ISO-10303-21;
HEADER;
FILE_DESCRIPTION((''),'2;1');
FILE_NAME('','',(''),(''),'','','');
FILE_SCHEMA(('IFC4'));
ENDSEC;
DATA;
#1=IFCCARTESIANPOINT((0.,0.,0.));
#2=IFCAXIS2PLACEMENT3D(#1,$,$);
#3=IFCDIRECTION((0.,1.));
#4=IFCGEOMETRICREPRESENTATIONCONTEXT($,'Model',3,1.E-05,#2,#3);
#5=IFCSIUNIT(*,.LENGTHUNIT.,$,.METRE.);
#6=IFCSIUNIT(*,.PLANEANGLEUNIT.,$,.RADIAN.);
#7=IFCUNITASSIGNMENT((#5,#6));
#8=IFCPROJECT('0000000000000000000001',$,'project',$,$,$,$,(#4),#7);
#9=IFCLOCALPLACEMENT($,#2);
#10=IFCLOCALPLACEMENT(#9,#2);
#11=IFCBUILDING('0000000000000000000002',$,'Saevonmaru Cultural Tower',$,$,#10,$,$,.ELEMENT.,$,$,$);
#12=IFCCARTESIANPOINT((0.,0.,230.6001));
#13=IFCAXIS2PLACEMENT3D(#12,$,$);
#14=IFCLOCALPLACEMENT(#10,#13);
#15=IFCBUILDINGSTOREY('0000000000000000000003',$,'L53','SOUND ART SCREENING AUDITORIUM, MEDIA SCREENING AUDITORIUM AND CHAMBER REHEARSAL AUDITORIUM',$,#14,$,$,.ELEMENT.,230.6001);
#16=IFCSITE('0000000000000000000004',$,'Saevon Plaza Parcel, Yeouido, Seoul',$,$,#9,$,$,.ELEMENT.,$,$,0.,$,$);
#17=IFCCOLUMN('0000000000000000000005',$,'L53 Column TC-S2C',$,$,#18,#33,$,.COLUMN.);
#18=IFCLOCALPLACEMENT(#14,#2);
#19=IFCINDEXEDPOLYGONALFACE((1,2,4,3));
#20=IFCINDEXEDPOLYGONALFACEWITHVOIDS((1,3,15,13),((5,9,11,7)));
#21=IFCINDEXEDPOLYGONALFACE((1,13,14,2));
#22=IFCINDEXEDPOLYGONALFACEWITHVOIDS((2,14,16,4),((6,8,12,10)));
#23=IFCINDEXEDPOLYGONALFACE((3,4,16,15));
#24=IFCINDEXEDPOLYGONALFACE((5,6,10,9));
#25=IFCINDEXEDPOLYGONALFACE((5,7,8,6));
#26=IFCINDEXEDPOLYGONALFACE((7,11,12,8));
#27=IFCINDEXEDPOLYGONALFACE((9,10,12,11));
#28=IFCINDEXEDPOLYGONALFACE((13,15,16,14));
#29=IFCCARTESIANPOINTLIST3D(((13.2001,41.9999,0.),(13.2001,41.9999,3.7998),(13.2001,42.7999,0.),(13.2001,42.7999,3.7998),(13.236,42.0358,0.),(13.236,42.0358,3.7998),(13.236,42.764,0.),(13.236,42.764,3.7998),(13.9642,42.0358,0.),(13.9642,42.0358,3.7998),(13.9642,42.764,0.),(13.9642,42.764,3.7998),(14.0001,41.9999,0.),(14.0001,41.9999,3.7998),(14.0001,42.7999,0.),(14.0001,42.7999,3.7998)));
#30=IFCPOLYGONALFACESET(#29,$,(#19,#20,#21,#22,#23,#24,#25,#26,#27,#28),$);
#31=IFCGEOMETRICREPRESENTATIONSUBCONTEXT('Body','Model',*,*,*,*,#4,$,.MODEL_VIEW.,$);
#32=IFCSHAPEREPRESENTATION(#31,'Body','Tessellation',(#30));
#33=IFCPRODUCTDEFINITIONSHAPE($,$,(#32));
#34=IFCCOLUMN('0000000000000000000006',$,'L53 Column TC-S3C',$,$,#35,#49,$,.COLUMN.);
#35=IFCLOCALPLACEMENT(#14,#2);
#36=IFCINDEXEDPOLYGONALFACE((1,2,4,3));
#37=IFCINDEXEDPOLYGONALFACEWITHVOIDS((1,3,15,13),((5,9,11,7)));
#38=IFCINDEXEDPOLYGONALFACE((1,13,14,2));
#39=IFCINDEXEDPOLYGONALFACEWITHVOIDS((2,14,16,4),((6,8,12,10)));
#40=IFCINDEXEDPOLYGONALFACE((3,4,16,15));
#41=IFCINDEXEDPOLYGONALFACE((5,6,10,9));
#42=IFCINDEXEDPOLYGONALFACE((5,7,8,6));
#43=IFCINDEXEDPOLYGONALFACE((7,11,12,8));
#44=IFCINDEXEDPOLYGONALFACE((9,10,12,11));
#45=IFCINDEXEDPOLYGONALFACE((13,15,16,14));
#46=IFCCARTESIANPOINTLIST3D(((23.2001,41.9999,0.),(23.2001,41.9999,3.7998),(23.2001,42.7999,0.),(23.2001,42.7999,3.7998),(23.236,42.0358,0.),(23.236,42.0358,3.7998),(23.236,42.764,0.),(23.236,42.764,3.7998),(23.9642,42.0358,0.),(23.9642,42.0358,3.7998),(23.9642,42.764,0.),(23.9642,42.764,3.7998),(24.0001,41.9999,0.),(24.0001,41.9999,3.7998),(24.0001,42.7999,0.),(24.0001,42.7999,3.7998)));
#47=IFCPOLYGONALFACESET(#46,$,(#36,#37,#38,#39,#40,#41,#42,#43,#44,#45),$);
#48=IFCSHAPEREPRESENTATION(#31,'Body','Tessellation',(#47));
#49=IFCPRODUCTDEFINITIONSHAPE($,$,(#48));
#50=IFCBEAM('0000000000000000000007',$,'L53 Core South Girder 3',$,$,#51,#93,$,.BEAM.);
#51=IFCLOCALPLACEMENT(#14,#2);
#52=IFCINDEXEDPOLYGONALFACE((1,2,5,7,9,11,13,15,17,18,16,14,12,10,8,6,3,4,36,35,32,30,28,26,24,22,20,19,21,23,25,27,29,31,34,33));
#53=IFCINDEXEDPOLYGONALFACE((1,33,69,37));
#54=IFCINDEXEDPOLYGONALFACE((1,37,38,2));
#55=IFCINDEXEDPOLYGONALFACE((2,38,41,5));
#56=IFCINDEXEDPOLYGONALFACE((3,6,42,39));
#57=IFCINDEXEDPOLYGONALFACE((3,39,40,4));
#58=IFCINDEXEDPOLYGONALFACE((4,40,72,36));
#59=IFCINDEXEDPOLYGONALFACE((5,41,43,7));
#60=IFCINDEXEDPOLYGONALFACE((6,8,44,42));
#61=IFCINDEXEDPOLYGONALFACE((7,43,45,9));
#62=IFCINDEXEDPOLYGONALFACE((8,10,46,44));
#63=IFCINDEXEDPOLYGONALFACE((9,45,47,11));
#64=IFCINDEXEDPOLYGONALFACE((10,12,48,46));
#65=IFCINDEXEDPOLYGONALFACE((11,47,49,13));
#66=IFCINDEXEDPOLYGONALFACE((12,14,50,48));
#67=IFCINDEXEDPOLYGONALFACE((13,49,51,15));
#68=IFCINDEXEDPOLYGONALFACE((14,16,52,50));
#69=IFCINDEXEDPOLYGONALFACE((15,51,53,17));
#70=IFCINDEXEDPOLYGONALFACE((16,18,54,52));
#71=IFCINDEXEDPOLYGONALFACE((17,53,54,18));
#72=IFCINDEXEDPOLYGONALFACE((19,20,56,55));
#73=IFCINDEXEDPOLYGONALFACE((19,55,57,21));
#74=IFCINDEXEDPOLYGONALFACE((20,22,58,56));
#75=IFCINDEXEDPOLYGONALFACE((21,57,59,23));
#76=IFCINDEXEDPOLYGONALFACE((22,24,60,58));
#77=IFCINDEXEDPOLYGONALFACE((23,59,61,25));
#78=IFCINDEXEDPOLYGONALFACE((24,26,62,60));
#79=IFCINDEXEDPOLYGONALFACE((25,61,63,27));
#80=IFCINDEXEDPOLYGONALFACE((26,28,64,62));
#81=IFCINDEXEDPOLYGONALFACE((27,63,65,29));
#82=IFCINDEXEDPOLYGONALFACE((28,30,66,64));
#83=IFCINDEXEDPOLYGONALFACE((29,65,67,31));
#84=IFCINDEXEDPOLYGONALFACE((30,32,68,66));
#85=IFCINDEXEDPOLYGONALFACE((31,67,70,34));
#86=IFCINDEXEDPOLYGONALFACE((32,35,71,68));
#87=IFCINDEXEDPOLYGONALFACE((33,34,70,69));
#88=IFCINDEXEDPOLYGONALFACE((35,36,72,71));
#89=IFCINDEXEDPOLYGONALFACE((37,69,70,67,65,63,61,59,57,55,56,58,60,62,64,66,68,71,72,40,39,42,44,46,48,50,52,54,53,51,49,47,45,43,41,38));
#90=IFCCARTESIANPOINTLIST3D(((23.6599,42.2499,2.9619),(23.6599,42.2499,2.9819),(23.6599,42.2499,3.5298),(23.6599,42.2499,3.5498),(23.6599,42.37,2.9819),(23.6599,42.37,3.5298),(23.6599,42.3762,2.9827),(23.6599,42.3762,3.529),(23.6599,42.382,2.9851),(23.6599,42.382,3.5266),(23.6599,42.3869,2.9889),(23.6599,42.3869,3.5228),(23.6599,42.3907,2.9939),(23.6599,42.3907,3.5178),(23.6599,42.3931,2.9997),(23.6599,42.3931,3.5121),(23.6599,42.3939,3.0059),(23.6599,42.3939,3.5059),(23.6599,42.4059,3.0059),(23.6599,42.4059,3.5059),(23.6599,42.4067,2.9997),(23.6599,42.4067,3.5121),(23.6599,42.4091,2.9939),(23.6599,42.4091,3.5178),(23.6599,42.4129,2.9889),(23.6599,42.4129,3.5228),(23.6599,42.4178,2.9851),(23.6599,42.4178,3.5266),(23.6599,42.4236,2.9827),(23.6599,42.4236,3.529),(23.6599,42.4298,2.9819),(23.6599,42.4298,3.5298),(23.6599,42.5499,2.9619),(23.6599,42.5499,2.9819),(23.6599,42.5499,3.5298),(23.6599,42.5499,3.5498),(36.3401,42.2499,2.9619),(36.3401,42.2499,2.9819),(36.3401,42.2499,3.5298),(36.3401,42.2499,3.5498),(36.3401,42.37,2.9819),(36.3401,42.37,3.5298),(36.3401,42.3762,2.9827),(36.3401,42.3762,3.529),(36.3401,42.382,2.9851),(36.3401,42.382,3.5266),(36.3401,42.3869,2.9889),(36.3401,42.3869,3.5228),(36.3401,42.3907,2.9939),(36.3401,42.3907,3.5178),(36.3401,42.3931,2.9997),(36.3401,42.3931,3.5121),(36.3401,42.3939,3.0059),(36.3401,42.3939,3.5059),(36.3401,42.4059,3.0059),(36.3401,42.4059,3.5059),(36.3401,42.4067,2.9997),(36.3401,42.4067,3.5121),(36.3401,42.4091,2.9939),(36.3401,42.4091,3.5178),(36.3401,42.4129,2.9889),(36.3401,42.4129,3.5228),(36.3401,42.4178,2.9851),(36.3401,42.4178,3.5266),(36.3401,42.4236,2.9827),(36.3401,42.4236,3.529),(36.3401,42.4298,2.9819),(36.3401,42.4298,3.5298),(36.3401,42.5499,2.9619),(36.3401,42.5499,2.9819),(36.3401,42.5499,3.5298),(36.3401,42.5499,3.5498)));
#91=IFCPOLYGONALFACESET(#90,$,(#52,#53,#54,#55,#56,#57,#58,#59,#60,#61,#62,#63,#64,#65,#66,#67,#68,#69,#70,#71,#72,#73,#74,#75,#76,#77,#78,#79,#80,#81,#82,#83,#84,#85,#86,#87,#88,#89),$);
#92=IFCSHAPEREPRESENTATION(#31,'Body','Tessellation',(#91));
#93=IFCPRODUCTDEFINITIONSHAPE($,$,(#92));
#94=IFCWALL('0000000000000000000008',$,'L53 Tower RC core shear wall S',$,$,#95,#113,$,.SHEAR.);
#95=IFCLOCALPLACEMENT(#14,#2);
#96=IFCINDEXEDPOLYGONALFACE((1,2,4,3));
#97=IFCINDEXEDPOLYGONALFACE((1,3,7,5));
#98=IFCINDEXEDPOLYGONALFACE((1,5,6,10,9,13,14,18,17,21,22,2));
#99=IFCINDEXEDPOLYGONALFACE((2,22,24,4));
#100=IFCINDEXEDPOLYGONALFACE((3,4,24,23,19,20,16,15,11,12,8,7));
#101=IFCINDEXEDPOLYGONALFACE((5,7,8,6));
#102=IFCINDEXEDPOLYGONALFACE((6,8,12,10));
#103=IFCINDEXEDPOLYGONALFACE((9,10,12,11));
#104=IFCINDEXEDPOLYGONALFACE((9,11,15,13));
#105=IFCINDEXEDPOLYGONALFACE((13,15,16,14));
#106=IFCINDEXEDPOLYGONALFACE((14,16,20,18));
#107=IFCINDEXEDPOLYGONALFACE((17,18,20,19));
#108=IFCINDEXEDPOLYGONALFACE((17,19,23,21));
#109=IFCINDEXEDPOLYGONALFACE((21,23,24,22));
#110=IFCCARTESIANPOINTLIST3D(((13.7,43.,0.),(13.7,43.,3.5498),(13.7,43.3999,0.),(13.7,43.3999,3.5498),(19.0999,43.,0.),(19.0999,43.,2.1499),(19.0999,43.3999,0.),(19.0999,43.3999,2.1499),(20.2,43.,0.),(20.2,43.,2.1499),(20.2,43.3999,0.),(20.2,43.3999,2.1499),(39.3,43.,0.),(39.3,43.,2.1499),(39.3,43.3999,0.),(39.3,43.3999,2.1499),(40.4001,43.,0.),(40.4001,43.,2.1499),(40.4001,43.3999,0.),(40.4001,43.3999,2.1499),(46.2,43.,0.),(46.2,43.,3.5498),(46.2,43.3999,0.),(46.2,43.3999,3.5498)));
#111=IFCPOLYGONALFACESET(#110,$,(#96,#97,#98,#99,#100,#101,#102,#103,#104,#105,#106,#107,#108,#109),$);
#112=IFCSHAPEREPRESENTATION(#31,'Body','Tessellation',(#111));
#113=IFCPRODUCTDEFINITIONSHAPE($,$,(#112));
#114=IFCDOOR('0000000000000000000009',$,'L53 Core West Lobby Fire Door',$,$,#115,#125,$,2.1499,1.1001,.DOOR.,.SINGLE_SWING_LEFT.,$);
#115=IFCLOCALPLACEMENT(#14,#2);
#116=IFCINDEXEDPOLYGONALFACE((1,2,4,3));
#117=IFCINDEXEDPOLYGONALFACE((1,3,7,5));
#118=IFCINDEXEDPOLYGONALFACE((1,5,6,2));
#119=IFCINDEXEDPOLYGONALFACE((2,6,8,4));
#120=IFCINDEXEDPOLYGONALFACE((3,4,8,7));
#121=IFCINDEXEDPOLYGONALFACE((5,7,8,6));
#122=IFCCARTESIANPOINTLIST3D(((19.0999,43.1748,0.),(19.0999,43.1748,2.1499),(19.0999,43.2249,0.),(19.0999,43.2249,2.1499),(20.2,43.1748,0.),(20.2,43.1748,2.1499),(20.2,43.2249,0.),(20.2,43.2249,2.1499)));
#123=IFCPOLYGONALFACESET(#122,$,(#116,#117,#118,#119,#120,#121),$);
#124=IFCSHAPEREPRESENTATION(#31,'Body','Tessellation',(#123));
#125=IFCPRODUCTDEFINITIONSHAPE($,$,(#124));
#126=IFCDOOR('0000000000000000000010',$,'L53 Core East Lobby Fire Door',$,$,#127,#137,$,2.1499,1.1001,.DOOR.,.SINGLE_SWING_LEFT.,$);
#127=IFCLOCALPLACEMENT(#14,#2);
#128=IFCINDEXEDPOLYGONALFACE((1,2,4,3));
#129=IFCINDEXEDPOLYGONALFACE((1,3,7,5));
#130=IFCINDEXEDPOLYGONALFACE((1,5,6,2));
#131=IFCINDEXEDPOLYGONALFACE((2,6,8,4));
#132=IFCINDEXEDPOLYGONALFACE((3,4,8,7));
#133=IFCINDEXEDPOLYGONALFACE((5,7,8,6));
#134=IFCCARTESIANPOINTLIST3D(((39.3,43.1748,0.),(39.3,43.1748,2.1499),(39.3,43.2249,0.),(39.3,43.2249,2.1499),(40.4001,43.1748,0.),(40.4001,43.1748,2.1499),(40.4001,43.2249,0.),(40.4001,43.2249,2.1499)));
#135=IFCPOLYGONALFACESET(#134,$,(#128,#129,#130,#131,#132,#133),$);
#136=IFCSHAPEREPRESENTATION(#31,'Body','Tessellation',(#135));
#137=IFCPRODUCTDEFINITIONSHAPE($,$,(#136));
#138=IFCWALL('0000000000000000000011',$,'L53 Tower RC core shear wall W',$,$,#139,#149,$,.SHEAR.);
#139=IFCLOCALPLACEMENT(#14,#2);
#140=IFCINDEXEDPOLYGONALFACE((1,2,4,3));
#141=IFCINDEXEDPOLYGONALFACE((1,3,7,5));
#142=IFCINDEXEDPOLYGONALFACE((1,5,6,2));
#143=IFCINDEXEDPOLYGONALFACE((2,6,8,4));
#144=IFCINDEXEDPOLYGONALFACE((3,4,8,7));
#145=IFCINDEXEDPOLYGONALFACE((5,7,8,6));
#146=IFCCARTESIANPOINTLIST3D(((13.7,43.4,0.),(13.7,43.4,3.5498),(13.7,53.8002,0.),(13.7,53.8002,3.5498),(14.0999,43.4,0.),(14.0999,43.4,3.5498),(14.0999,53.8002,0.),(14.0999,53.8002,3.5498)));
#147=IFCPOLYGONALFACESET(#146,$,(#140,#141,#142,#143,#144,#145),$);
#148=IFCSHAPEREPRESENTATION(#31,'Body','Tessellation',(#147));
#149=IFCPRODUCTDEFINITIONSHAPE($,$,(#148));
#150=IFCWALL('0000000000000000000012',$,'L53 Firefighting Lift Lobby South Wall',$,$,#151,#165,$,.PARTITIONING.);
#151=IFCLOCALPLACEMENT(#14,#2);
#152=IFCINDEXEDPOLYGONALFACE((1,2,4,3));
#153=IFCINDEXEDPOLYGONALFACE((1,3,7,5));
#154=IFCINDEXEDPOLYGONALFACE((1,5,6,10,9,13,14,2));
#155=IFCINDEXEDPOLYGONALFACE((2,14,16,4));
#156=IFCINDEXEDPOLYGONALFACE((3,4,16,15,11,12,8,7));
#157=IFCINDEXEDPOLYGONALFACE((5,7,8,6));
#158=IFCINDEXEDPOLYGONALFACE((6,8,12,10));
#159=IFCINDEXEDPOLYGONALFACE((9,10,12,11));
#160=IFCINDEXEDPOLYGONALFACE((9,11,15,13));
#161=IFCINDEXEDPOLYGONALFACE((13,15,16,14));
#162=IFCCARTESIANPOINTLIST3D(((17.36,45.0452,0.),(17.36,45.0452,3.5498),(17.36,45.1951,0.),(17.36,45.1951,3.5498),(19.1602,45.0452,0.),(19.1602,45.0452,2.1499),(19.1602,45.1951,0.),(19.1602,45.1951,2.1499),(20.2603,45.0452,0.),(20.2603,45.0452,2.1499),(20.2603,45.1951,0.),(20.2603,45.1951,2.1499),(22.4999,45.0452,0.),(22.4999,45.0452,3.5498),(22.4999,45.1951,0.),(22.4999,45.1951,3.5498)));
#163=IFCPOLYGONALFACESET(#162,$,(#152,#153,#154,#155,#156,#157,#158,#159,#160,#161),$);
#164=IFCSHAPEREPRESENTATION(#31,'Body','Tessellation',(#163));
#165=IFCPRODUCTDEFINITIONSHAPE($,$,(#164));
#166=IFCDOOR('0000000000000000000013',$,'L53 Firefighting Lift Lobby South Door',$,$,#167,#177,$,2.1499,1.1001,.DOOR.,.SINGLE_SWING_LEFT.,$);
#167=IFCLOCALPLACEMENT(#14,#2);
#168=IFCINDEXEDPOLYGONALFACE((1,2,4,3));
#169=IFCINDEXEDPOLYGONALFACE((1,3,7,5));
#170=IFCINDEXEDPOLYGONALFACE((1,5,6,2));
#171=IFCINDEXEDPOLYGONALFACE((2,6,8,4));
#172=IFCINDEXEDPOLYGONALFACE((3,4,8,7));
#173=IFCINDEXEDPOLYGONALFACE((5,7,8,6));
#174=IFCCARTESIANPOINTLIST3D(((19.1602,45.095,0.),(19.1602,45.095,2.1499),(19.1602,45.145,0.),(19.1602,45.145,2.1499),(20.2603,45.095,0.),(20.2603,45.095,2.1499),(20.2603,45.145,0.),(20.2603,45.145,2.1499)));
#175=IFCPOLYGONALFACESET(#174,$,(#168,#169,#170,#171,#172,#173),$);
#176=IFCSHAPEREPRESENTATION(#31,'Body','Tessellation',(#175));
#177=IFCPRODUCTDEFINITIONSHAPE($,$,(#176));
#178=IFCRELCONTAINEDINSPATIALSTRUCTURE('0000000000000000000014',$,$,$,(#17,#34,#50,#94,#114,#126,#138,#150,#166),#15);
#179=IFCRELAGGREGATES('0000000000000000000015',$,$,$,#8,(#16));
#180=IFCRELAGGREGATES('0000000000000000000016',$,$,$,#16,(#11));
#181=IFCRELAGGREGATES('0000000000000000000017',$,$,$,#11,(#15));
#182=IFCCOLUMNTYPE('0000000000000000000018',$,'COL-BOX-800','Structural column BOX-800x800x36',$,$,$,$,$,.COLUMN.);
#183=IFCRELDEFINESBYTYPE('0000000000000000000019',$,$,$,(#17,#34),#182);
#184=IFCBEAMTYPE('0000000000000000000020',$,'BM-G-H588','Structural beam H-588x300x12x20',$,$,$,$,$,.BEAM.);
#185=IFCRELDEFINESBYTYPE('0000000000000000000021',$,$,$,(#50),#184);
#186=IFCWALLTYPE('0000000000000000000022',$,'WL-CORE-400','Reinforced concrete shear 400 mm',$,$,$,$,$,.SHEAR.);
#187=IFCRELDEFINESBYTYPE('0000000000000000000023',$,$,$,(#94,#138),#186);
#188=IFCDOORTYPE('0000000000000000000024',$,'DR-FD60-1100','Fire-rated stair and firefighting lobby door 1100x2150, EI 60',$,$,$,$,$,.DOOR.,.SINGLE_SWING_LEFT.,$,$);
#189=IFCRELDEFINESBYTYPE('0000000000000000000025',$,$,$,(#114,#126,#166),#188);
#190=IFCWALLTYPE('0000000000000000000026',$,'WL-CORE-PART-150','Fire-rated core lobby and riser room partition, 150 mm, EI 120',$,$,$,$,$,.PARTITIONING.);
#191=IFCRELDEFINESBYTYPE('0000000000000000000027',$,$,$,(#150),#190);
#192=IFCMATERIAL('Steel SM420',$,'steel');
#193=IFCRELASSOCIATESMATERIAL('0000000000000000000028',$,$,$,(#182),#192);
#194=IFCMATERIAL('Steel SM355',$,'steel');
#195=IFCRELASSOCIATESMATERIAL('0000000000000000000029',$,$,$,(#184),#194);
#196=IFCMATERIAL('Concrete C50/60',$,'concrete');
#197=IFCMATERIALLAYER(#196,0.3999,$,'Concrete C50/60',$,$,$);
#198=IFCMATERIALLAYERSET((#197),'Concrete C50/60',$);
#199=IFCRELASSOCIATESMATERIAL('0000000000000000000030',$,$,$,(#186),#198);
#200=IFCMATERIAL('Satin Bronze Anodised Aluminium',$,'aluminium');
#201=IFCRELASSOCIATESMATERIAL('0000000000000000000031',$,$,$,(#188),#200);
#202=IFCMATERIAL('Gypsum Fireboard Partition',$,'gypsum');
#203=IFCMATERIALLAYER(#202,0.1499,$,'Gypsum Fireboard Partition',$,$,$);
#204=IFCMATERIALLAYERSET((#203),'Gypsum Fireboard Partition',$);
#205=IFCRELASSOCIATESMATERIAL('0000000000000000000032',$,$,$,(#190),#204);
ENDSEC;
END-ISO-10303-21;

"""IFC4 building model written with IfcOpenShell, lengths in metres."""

from ifc_helpers import new_model, si_unit, direction, frame, frame_2d, origin, origin_2d, place, context, subcontext, project, spatial, rectangle, hollow_rectangle, i_section, extrude, material, layer, layer_set, material_profile, profile_set, type_object, element, fill, save


model = new_model("IFC4")

# Units and contexts
model_context = context("Model", 3, precision=1e-05, world=origin(), true_north=direction((0.0, 1.0)))
body_context = subcontext(model_context, "Body", "Model", "MODEL_VIEW")
ifc_project = project(units=[si_unit("LENGTHUNIT", "METRE"), si_unit("PLANEANGLEUNIT", "RADIAN")], contexts=[model_context])

# Site, building, storey
site_placement = place(None, origin())
site = spatial("IfcSite", under=ifc_project, at=site_placement, Name="Saevon Plaza Parcel, Yeouido, Seoul", CompositionType="ELEMENT", RefElevation=0.0)
building_placement = place(site_placement, origin())
building = spatial("IfcBuilding", under=site, at=building_placement, Name="Saevonmaru Cultural Tower", CompositionType="ELEMENT")
storey_placement = place(building_placement, frame((0.0, 0.0, 230.6001)))
storey = spatial("IfcBuildingStorey", under=building, at=storey_placement, Name="L53", Description="SOUND ART SCREENING AUDITORIUM, MEDIA SCREENING AUDITORIUM AND CHAMBER REHEARSAL AUDITORIUM", CompositionType="ELEMENT", Elevation=230.6001)

# Columns
ifc_material_1 = material(Name="Steel SM420", Category="steel")
ifc_material_profile_1 = material_profile(ifc_material_1, hollow_rectangle(XDim=0.8, YDim=0.8, WallThickness=0.0359, at=origin_2d()), Name="BOX-800x800x36")
ifc_profile_set_1 = profile_set([ifc_material_profile_1], Name="Steel SM420")
column_type = type_object("IfcColumnType", Name="COL-BOX-800", Description="Structural column BOX-800x800x36", PredefinedType="COLUMN", material=ifc_profile_set_1)
for number, where, z_axis, x_axis, name in (
    (1, (13.6001, 42.3999, 0.0), (0.0, 0.0, 1.0), (1.0, 0.0, 0.0), "L53 Column TC-S2C"),
    (2, (23.6001, 42.3999, 0.0), (0.0, 0.0, 1.0), (1.0, 0.0, 0.0), "L53 Column TC-S3C"),
):
    element("IfcColumn", number, at=place(storey_placement, frame(where, z_axis=z_axis, x_axis=x_axis)), inside=storey, type_object=column_type, Name=name, PredefinedType="COLUMN", context=body_context, shape_type="SweptSolid", body=[
        extrude(hollow_rectangle(XDim=0.8, YDim=0.8, WallThickness=0.0359, at=origin_2d()), origin(), (0.0, 0.0, 1.0), 3.7998),
    ])

# Beam
ifc_material_2 = material(Name="Steel SM355", Category="steel")
ifc_material_profile_2 = material_profile(ifc_material_2, i_section(OverallWidth=0.3, OverallDepth=0.5879, WebThickness=0.012, FlangeThickness=0.02, FilletRadius=0.0239, at=origin_2d()), Name="H-588x300x12x20")
ifc_profile_set_2 = profile_set([ifc_material_profile_2], Name="Steel SM355")
beam_type = type_object("IfcBeamType", Name="BM-G-H588", Description="Structural beam H-588x300x12x20", PredefinedType="BEAM", material=ifc_profile_set_2)
beam_placement = place(storey_placement, frame((23.6599, 42.3999, 3.2559), z_axis=(1.0, 0.0, 0.0), x_axis=(0.0, 1.0, 0.0)))
element("IfcBeam", 3, at=beam_placement, inside=storey, type_object=beam_type, Name="L53 Core South Girder 3", PredefinedType="BEAM", context=body_context, shape_type="SweptSolid", body=[
    extrude(i_section(OverallWidth=0.3, OverallDepth=0.5879, WebThickness=0.012, FlangeThickness=0.02, FilletRadius=0.0239, at=origin_2d()), origin(), (0.0, 0.0, 1.0), 12.6802),
])

# Wall, openings, doors
ifc_material_3 = material(Name="Concrete C50/60", Category="concrete")
ifc_layer_1 = layer(ifc_material_3, 0.3999, Name="Concrete C50/60")
ifc_layer_set_1 = layer_set([ifc_layer_1], Name="Concrete C50/60")
wall_type_1 = type_object("IfcWallType", Name="WL-CORE-400", Description="Reinforced concrete shear 400 mm", PredefinedType="SHEAR", material=ifc_layer_set_1)
wall_1_placement = place(storey_placement, frame((13.7, 43.2, 0.0), z_axis=(0.0, 0.0, 1.0), x_axis=(1.0, 0.0, 0.0)))
wall_1 = element("IfcWall", 4, at=wall_1_placement, inside=storey, type_object=wall_type_1, Name="L53 Tower RC core shear wall S", PredefinedType="SHEAR", context=body_context, shape_type="SweptSolid", body=[
    extrude(rectangle(XDim=32.5, YDim=0.3999, at=frame_2d((16.25, 0.0))), origin(), (0.0, 0.0, 1.0), 3.5498),
])
opening_1_placement = place(wall_1_placement, frame((5.3999, 0.0, 0.0)))
opening_1 = element("IfcOpeningElement", 5, at=opening_1_placement, cuts=wall_1, PredefinedType="OPENING", context=body_context, shape_type="SweptSolid", body=[
    extrude(rectangle(XDim=1.1001, YDim=2.1499, at=frame_2d((0.55, 1.075))), frame((0.0, 0.21, 0.0), z_axis=(0.0, -1.0, 0.0), x_axis=(1.0, 0.0, 0.0)), (0.0, 0.0, 1.0), 0.4199),
])
opening_2_placement = place(wall_1_placement, frame((25.6001, 0.0, 0.0)))
opening_2 = element("IfcOpeningElement", 6, at=opening_2_placement, cuts=wall_1, PredefinedType="OPENING", context=body_context, shape_type="SweptSolid", body=[
    extrude(rectangle(XDim=1.1001, YDim=2.1499, at=frame_2d((0.55, 1.075))), frame((0.0, 0.21, 0.0), z_axis=(0.0, -1.0, 0.0), x_axis=(1.0, 0.0, 0.0)), (0.0, 0.0, 1.0), 0.4199),
])
ifc_material_4 = material(Name="Satin Bronze Anodised Aluminium", Category="aluminium")
door_type_1 = type_object("IfcDoorType", Name="DR-FD60-1100", Description="Fire-rated stair and firefighting lobby door 1100x2150, EI 60", OperationType="SINGLE_SWING_LEFT", PredefinedType="DOOR", material=ifc_material_4)
door_1_placement = place(opening_1_placement, origin())
door_1 = element("IfcDoor", 7, at=door_1_placement, inside=storey, type_object=door_type_1, Name="L53 Core West Lobby Fire Door", OperationType="SINGLE_SWING_LEFT", OverallHeight=2.1499, OverallWidth=1.1001, PredefinedType="DOOR", context=body_context, shape_type="SweptSolid", body=[
    extrude(rectangle(XDim=1.1001, YDim=2.1499, at=frame_2d((0.55, 1.075))), frame((0.0, 0.0249, 0.0), z_axis=(0.0, -1.0, 0.0), x_axis=(1.0, 0.0, 0.0)), (0.0, 0.0, 1.0), 0.05),
])
fill(opening_1, door_1)
door_2_placement = place(opening_2_placement, origin())
door_2 = element("IfcDoor", 8, at=door_2_placement, inside=storey, type_object=door_type_1, Name="L53 Core East Lobby Fire Door", OperationType="SINGLE_SWING_LEFT", OverallHeight=2.1499, OverallWidth=1.1001, PredefinedType="DOOR", context=body_context, shape_type="SweptSolid", body=[
    extrude(rectangle(XDim=1.1001, YDim=2.1499, at=frame_2d((0.55, 1.075))), frame((0.0, 0.0249, 0.0), z_axis=(0.0, -1.0, 0.0), x_axis=(1.0, 0.0, 0.0)), (0.0, 0.0, 1.0), 0.05),
])
fill(opening_2, door_2)

# Wall
wall_2_placement = place(storey_placement, frame((13.8999, 43.3999, 0.0), z_axis=(0.0, 0.0, 1.0), x_axis=(0.0, 1.0, 0.0)))
element("IfcWall", 9, at=wall_2_placement, inside=storey, type_object=wall_type_1, Name="L53 Tower RC core shear wall W", PredefinedType="SHEAR", context=body_context, shape_type="SweptSolid", body=[
    extrude(rectangle(XDim=10.4001, YDim=0.3999, at=frame_2d((5.2002, 0.0))), origin(), (0.0, 0.0, 1.0), 3.5498),
])

# Wall, opening, door
ifc_material_5 = material(Name="Gypsum Fireboard Partition", Category="gypsum")
ifc_layer_2 = layer(ifc_material_5, 0.1499, Name="Gypsum Fireboard Partition")
ifc_layer_set_2 = layer_set([ifc_layer_2], Name="Gypsum Fireboard Partition")
wall_type_2 = type_object("IfcWallType", Name="WL-CORE-PART-150", Description="Fire-rated core lobby and riser room partition, 150 mm, EI 120", PredefinedType="PARTITIONING", material=ifc_layer_set_2)
wall_3_placement = place(storey_placement, frame((17.3601, 45.1201, 0.0), z_axis=(0.0, 0.0, 1.0), x_axis=(1.0, 0.0, 0.0)))
wall_3 = element("IfcWall", 10, at=wall_3_placement, inside=storey, type_object=wall_type_2, Name="L53 Firefighting Lift Lobby South Wall", PredefinedType="PARTITIONING", context=body_context, shape_type="SweptSolid", body=[
    extrude(rectangle(XDim=5.1399, YDim=0.1499, at=frame_2d((2.5698, 0.0))), origin(), (0.0, 0.0, 1.0), 3.5498),
])
opening_3_placement = place(wall_3_placement, frame((1.8, 0.0, 0.0)))
opening_3 = element("IfcOpeningElement", 11, at=opening_3_placement, cuts=wall_3, PredefinedType="OPENING", context=body_context, shape_type="SweptSolid", body=[
    extrude(rectangle(XDim=1.1001, YDim=2.1499, at=frame_2d((0.55, 1.075))), frame((0.0, 0.085, 0.0), z_axis=(0.0, -1.0, 0.0), x_axis=(1.0, 0.0, 0.0)), (0.0, 0.0, 1.0), 0.1699),
])
door_3_placement = place(opening_3_placement, origin())
door_3 = element("IfcDoor", 12, at=door_3_placement, inside=storey, type_object=door_type_1, Name="L53 Firefighting Lift Lobby South Door", OperationType="SINGLE_SWING_LEFT", OverallHeight=2.1499, OverallWidth=1.1001, PredefinedType="DOOR", context=body_context, shape_type="SweptSolid", body=[
    extrude(rectangle(XDim=1.1001, YDim=2.1499, at=frame_2d((0.55, 1.075))), frame((0.0, 0.0249, 0.0), z_axis=(0.0, -1.0, 0.0), x_axis=(1.0, 0.0, 0.0)), (0.0, 0.0, 1.0), 0.05),
])
fill(opening_3, door_3)

save(model, "model.ifc")
